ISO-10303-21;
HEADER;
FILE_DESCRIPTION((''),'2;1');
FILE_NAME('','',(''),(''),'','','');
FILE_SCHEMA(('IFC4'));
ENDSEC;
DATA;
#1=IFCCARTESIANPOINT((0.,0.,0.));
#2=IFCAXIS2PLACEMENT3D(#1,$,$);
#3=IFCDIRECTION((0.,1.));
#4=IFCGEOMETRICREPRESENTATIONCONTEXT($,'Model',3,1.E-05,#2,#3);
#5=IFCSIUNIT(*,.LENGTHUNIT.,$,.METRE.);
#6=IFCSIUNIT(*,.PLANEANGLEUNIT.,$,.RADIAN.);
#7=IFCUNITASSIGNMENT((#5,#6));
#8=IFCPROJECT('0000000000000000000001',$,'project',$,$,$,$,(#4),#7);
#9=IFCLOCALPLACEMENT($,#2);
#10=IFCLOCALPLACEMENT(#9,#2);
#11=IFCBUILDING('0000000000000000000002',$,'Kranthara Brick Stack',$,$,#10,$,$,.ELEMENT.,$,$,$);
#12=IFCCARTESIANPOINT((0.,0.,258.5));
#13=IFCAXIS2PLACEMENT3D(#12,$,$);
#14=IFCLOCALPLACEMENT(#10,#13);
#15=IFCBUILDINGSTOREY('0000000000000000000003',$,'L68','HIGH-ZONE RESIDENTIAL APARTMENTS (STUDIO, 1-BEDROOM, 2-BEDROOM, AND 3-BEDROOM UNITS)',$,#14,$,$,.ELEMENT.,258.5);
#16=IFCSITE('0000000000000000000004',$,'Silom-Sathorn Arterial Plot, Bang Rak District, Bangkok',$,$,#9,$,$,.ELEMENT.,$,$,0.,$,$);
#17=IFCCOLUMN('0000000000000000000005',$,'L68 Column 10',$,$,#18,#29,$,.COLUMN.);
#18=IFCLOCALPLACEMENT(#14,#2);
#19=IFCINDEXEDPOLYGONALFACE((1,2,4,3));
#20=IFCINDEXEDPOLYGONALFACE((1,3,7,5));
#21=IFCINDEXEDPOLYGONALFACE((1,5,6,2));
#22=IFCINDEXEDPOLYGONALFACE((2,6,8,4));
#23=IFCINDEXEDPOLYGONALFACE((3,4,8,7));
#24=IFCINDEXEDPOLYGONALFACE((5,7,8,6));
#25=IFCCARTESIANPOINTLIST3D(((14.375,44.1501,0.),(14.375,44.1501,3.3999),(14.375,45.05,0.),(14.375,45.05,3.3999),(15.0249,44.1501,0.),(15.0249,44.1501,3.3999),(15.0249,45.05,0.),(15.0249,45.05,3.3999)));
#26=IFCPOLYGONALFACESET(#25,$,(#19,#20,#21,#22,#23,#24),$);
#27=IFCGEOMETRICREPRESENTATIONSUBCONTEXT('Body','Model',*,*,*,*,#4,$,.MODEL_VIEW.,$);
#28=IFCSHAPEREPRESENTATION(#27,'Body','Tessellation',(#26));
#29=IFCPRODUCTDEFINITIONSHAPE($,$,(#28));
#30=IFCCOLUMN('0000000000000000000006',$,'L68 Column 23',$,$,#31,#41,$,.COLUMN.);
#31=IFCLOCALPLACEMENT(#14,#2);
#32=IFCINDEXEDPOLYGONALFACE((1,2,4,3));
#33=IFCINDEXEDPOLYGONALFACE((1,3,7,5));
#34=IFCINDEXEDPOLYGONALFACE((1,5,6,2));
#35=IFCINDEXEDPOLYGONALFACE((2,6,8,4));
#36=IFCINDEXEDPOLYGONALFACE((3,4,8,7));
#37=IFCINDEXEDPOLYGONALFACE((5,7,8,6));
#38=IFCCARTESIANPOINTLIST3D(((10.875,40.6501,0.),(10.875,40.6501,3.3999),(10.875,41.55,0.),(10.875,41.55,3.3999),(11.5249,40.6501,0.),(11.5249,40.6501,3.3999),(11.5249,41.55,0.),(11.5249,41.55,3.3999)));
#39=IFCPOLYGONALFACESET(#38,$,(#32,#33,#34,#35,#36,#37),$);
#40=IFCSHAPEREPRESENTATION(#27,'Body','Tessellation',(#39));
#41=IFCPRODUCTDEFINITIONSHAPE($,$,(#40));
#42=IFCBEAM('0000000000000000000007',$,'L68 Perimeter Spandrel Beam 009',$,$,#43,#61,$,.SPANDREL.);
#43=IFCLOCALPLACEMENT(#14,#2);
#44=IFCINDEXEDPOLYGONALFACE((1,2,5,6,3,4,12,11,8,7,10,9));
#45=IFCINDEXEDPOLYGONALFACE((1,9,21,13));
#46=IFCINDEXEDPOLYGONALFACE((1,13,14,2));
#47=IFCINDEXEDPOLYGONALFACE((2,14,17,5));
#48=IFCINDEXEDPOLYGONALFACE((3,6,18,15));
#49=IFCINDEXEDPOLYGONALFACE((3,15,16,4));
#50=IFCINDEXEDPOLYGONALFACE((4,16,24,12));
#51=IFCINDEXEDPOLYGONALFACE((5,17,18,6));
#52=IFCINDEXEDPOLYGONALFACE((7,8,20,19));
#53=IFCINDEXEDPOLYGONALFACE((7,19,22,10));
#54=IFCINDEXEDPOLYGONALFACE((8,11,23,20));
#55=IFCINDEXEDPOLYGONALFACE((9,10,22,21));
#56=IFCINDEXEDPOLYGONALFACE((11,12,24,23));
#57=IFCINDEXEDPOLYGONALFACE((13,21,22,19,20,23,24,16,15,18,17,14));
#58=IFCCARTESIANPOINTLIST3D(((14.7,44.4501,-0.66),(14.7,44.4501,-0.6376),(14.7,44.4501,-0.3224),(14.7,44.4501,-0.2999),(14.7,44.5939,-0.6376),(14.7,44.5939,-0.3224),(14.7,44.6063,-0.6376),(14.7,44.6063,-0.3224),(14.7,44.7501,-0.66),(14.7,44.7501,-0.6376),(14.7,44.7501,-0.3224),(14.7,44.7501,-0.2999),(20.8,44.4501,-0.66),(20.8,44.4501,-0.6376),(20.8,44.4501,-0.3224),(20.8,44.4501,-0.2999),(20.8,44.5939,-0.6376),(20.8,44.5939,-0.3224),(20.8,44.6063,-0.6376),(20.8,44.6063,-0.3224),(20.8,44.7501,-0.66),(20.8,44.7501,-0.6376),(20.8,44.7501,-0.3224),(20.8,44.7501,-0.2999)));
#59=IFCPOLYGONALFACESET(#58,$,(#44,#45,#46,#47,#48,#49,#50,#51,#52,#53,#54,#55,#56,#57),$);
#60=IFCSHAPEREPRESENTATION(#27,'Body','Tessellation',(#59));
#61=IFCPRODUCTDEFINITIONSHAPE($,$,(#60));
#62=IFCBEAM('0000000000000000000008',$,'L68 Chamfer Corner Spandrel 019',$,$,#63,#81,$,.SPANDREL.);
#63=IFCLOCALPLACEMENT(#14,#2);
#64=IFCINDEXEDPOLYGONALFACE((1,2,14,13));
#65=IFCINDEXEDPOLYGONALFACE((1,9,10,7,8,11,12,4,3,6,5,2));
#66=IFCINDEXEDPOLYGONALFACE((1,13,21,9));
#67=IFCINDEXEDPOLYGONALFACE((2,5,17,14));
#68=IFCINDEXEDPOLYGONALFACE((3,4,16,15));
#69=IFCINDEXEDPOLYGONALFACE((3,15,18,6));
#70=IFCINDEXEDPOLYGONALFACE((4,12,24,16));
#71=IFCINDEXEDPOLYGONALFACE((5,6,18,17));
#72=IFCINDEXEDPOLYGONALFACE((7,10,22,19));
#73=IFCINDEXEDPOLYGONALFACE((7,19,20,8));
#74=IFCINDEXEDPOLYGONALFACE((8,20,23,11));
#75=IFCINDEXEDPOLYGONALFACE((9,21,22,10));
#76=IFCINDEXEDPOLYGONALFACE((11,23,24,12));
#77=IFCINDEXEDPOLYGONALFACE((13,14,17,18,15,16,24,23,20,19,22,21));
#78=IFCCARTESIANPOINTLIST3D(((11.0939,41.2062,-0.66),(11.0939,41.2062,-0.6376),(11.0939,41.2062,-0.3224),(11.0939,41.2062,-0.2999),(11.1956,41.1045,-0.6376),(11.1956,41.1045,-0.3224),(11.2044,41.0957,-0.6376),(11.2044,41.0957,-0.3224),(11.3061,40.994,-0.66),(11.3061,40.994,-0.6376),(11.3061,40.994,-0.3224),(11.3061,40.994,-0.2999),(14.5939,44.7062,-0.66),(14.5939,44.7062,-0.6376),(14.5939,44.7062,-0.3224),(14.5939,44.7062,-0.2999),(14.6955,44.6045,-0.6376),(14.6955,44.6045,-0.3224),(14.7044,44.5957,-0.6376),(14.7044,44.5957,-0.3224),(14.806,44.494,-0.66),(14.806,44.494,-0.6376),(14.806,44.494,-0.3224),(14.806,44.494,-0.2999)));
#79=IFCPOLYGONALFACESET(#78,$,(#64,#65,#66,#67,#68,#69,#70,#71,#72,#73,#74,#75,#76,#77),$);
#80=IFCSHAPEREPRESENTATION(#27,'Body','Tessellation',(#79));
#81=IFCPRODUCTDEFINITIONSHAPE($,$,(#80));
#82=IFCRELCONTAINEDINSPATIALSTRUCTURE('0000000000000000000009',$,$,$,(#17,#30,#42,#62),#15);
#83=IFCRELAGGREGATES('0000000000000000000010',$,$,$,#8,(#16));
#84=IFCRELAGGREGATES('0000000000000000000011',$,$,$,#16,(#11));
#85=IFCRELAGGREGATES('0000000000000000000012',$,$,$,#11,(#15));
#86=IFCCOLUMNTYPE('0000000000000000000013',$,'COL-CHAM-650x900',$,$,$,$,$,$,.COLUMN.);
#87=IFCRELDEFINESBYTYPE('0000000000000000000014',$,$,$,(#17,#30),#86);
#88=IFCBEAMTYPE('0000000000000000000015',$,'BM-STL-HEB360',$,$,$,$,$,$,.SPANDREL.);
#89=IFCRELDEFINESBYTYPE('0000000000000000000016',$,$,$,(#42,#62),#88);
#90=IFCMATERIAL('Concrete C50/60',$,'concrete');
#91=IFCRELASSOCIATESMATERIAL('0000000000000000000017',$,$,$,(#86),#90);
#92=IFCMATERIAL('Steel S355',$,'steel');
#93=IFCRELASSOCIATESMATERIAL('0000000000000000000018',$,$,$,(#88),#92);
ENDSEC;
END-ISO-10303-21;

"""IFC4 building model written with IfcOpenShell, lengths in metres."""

from ifc_helpers import new_model, si_unit, direction, frame, origin, origin_2d, place, context, subcontext, project, spatial, rectangle, i_section, extrude, material, material_profile, profile_set, type_object, element, save


model = new_model("IFC4")

# Units and contexts
model_context = context("Model", 3, precision=1e-05, world=origin(), true_north=direction((0.0, 1.0)))
body_context = subcontext(model_context, "Body", "Model", "MODEL_VIEW")
ifc_project = project(units=[si_unit("LENGTHUNIT", "METRE"), si_unit("PLANEANGLEUNIT", "RADIAN")], contexts=[model_context])

# Site, building, storey
site_placement = place(None, origin())
site = spatial("IfcSite", under=ifc_project, at=site_placement, Name="Silom-Sathorn Arterial Plot, Bang Rak District, Bangkok", CompositionType="ELEMENT", RefElevation=0.0)
building_placement = place(site_placement, origin())
building = spatial("IfcBuilding", under=site, at=building_placement, Name="Kranthara Brick Stack", CompositionType="ELEMENT")
storey_placement = place(building_placement, frame((0.0, 0.0, 258.5)))
storey = spatial("IfcBuildingStorey", under=building, at=storey_placement, Name="L68", Description="HIGH-ZONE RESIDENTIAL APARTMENTS (STUDIO, 1-BEDROOM, 2-BEDROOM, AND 3-BEDROOM UNITS)", CompositionType="ELEMENT", Elevation=258.5)

# Columns
ifc_material_1 = material(Name="Concrete C50/60", Category="concrete")
ifc_material_profile_1 = material_profile(ifc_material_1, rectangle(XDim=0.6499, YDim=0.8999, at=origin_2d()), Name="RC 650x900")
ifc_profile_set_1 = profile_set([ifc_material_profile_1], Name="Concrete C50/60")
column_type = type_object("IfcColumnType", Name="COL-CHAM-650x900", PredefinedType="COLUMN", material=ifc_profile_set_1)
for number, where, z_axis, x_axis, name in (
    (1, (14.7, 44.6001, 0.0), (0.0, 0.0, 1.0), (1.0, 0.0, 0.0), "L68 Column 10"),
    (2, (11.2, 41.1001, 0.0), (0.0, 0.0, 1.0), (1.0, 0.0, 0.0), "L68 Column 23"),
):
    element("IfcColumn", number, at=place(storey_placement, frame(where, z_axis=z_axis, x_axis=x_axis)), inside=storey, type_object=column_type, Name=name, PredefinedType="COLUMN", context=body_context, shape_type="SweptSolid", body=[
        extrude(rectangle(XDim=0.6499, YDim=0.8999, at=origin_2d()), origin(), (0.0, 0.0, 1.0), 3.3999),
    ])

# Beams
ifc_material_2 = material(Name="Steel S355", Category="steel")
ifc_material_profile_2 = material_profile(ifc_material_2, i_section(OverallWidth=0.3, OverallDepth=0.3601, WebThickness=0.0125, FlangeThickness=0.0225, at=origin_2d()), Name="HEB 360")
ifc_profile_set_2 = profile_set([ifc_material_profile_2], Name="Steel S355")
beam_type = type_object("IfcBeamType", Name="BM-STL-HEB360", PredefinedType="SPANDREL", material=ifc_profile_set_2)
beam_1_placement = place(storey_placement, frame((14.7, 44.6001, -0.48), z_axis=(1.0, 0.0, 0.0), x_axis=(0.0, 1.0, 0.0)))
element("IfcBeam", 3, at=beam_1_placement, inside=storey, type_object=beam_type, Name="L68 Perimeter Spandrel Beam 009", PredefinedType="SPANDREL", context=body_context, shape_type="SweptSolid", body=[
    extrude(i_section(OverallWidth=0.3, OverallDepth=0.3601, WebThickness=0.0125, FlangeThickness=0.0225, at=origin_2d()), origin(), (0.0, 0.0, 1.0), 6.1001),
])
beam_2_placement = place(storey_placement, frame((14.7, 44.6001, -0.48), z_axis=(-0.707107, -0.707107, 0.0), x_axis=(0.707107, -0.707107, 0.0)))
element("IfcBeam", 4, at=beam_2_placement, inside=storey, type_object=beam_type, Name="L68 Chamfer Corner Spandrel 019", PredefinedType="SPANDREL", context=body_context, shape_type="SweptSolid", body=[
    extrude(i_section(OverallWidth=0.3, OverallDepth=0.3601, WebThickness=0.0125, FlangeThickness=0.0225, at=origin_2d()), origin(), (0.0, 0.0, 1.0), 4.9497),
])

save(model, "model.ifc")
